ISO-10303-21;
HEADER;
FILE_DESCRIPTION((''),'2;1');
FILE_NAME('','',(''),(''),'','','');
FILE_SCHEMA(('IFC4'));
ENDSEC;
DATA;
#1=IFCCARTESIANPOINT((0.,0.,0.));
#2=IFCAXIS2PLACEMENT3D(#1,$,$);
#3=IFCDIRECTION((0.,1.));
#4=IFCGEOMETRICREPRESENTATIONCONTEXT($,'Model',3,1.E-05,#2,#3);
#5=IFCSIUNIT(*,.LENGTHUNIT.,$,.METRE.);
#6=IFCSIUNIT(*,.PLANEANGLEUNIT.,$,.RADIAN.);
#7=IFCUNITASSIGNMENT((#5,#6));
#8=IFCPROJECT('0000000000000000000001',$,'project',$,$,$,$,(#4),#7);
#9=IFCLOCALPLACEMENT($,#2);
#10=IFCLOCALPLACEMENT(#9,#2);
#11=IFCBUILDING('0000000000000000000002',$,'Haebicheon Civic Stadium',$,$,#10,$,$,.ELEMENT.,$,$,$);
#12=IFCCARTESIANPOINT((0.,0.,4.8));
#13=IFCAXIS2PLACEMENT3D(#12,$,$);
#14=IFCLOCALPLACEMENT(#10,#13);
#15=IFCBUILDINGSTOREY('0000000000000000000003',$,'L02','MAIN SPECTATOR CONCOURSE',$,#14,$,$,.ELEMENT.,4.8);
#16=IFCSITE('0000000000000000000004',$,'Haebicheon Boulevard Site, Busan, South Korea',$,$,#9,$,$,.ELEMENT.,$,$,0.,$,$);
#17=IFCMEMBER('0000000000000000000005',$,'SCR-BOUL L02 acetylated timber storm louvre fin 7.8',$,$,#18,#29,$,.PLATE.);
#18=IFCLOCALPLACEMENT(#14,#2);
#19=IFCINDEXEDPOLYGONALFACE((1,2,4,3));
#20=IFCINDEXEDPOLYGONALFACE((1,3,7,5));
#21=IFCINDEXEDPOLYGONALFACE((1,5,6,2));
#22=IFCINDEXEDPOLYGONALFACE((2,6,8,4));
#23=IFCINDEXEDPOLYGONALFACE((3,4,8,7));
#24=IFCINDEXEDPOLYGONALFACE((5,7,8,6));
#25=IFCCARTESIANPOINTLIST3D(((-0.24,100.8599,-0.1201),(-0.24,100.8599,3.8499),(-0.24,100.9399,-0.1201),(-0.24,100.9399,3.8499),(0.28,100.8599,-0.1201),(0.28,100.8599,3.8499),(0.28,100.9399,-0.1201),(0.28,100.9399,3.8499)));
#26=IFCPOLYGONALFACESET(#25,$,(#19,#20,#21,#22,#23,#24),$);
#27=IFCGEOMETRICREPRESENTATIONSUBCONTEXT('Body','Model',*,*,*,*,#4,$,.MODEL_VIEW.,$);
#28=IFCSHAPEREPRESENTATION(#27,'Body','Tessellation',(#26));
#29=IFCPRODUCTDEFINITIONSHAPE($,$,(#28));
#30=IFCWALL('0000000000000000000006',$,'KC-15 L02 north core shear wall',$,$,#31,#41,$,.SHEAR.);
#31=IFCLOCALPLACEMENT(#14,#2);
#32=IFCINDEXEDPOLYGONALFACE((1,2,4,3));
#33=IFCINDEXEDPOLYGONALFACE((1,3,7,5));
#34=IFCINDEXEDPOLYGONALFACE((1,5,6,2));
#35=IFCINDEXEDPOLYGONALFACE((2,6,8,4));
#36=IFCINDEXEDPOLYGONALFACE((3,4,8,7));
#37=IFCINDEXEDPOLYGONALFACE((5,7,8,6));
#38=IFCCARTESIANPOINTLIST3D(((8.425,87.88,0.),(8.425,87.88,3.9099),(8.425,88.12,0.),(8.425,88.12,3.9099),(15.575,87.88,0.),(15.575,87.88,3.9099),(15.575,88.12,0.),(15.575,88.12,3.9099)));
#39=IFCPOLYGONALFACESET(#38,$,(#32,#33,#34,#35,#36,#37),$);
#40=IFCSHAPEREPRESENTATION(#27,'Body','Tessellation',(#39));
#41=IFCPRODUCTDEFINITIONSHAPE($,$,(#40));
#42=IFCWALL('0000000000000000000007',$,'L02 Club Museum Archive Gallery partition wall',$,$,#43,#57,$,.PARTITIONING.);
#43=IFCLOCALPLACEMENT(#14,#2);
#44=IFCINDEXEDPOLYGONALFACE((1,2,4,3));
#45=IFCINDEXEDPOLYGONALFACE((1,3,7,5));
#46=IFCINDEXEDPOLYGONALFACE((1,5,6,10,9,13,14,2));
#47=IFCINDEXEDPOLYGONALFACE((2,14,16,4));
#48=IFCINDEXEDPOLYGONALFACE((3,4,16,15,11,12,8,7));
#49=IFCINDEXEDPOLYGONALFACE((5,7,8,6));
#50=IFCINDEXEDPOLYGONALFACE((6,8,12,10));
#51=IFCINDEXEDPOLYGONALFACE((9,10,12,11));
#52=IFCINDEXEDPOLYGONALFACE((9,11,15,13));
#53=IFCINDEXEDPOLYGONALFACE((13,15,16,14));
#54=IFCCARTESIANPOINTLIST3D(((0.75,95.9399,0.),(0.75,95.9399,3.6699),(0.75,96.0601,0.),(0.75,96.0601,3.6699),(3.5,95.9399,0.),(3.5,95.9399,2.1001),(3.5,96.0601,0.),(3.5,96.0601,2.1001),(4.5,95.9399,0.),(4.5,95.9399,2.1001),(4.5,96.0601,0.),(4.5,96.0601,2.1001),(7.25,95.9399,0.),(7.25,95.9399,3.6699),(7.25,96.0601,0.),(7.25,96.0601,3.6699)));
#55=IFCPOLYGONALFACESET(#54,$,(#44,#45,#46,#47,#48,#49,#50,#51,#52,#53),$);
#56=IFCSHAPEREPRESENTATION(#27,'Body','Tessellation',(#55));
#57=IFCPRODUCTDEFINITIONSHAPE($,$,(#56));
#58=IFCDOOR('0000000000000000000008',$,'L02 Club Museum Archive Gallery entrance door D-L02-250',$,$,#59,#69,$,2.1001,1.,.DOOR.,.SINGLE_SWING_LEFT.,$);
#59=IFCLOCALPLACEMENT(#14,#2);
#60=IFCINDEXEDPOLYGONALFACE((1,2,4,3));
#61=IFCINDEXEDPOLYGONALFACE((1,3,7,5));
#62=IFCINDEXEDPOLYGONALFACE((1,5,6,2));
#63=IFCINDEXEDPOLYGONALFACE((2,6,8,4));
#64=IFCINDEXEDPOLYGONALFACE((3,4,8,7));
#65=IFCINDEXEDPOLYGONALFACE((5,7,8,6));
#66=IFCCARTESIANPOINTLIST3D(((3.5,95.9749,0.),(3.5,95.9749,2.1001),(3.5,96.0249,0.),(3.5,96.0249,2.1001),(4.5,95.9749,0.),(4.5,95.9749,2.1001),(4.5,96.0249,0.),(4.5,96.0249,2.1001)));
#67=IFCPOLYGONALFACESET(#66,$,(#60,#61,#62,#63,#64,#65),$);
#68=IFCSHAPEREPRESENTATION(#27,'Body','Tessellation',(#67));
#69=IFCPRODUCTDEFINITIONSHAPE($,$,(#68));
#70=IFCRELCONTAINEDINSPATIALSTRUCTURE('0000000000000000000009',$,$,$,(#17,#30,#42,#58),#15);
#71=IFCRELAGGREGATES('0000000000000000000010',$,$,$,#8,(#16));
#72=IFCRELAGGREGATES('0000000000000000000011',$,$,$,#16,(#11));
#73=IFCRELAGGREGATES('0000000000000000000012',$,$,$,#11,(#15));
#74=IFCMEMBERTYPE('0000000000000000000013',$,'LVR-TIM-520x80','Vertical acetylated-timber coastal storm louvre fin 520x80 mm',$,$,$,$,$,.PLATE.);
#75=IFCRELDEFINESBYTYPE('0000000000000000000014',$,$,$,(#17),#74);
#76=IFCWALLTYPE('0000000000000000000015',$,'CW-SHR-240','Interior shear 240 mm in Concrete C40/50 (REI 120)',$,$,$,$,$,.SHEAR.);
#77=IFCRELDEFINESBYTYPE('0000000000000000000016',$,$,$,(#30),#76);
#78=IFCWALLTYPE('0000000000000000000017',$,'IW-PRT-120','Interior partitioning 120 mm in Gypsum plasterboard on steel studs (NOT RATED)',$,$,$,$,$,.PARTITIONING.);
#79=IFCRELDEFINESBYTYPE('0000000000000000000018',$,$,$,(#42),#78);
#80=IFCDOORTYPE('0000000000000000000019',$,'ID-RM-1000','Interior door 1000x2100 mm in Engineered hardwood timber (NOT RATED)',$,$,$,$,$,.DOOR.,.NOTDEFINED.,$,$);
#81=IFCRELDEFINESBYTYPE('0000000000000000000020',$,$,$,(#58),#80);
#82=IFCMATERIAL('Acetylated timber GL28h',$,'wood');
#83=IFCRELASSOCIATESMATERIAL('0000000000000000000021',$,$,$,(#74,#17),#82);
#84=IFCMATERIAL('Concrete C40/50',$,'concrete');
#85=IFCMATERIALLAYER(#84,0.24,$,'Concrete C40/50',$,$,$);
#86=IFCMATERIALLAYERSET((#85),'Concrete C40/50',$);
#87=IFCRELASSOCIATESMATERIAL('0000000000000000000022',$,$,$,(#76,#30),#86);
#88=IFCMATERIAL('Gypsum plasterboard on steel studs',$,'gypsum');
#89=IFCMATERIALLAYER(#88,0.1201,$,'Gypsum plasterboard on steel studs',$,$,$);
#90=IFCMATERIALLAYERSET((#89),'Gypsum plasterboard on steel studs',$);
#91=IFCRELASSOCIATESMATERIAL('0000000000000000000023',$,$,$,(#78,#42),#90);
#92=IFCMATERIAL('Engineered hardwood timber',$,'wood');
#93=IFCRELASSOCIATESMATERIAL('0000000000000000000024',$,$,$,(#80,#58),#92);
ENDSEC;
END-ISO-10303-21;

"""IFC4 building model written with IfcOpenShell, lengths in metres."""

from ifc_helpers import new_model, si_unit, direction, frame, frame_2d, origin, origin_2d, place, context, subcontext, project, spatial, rectangle, extrude, material, layer, layer_set, material_profile, profile_set, type_object, element, fill, save


model = new_model("IFC4")

# Units and contexts
model_context = context("Model", 3, precision=1e-05, world=origin(), true_north=direction((0.0, 1.0)))
body_context = subcontext(model_context, "Body", "Model", "MODEL_VIEW")
ifc_project = project(units=[si_unit("LENGTHUNIT", "METRE"), si_unit("PLANEANGLEUNIT", "RADIAN")], contexts=[model_context])

# Site, building, storey
site_placement = place(None, origin())
site = spatial("IfcSite", under=ifc_project, at=site_placement, Name="Haebicheon Boulevard Site, Busan, South Korea", CompositionType="ELEMENT", RefElevation=0.0)
building_placement = place(site_placement, origin())
building = spatial("IfcBuilding", under=site, at=building_placement, Name="Haebicheon Civic Stadium", CompositionType="ELEMENT")
storey_placement = place(building_placement, frame((0.0, 0.0, 4.8)))
storey = spatial("IfcBuildingStorey", under=building, at=storey_placement, Name="L02", Description="MAIN SPECTATOR CONCOURSE", CompositionType="ELEMENT", Elevation=4.8)

# Member
ifc_material_1 = material(Name="Acetylated timber GL28h", Category="wood")
ifc_material_profile_1 = material_profile(ifc_material_1, rectangle(XDim=0.0801, YDim=0.52, at=origin_2d()), Name="TMB-LOUV-80x520")
ifc_profile_set_1 = profile_set([ifc_material_profile_1], Name="Acetylated timber GL28h")
member_type = type_object("IfcMemberType", Name="LVR-TIM-520x80", Description="Vertical acetylated-timber coastal storm louvre fin 520x80 mm", PredefinedType="PLATE", material=ifc_profile_set_1)
for number, where, z_axis, x_axis, name in (
    (1, (0.02, 100.8999, -0.1201), (0.0, 0.0, 1.0), (0.0, 1.0, 0.0), "SCR-BOUL L02 acetylated timber storm louvre fin 7.8"),
):
    element("IfcMember", number, at=place(storey_placement, frame(where, z_axis=z_axis, x_axis=x_axis)), inside=storey, type_object=member_type, material=ifc_profile_set_1, Name=name, PredefinedType="PLATE", context=body_context, shape_type="SweptSolid", body=[
        extrude(rectangle(XDim=0.0801, YDim=0.52, at=origin_2d()), origin(), (0.0, 0.0, 1.0), 3.97),
    ])

# Wall
ifc_material_2 = material(Name="Concrete C40/50", Category="concrete")
ifc_layer_1 = layer(ifc_material_2, 0.24, Name="Concrete C40/50")
ifc_layer_set_1 = layer_set([ifc_layer_1], Name="Concrete C40/50")
wall_type_1 = type_object("IfcWallType", Name="CW-SHR-240", Description="Interior shear 240 mm in Concrete C40/50 (REI 120)", PredefinedType="SHEAR", material=ifc_layer_set_1)
wall_1_placement = place(storey_placement, frame((8.425, 88.0, 0.0), z_axis=(0.0, 0.0, 1.0), x_axis=(1.0, 0.0, 0.0)))
element("IfcWall", 2, at=wall_1_placement, inside=storey, type_object=wall_type_1, material=ifc_layer_set_1, Name="KC-15 L02 north core shear wall", PredefinedType="SHEAR", context=body_context, shape_type="SweptSolid", body=[
    extrude(rectangle(XDim=7.1499, YDim=0.24, at=frame_2d((3.575, 0.0))), origin(), (0.0, 0.0, 1.0), 3.9099),
])

# Wall, opening, door
ifc_material_3 = material(Name="Gypsum plasterboard on steel studs", Category="gypsum")
ifc_layer_2 = layer(ifc_material_3, 0.1201, Name="Gypsum plasterboard on steel studs")
ifc_layer_set_2 = layer_set([ifc_layer_2], Name="Gypsum plasterboard on steel studs")
wall_type_2 = type_object("IfcWallType", Name="IW-PRT-120", Description="Interior partitioning 120 mm in Gypsum plasterboard on steel studs (NOT RATED)", PredefinedType="PARTITIONING", material=ifc_layer_set_2)
wall_2_placement = place(storey_placement, frame((0.75, 96.0, 0.0), z_axis=(0.0, 0.0, 1.0), x_axis=(1.0, 0.0, 0.0)))
wall_2 = element("IfcWall", 3, at=wall_2_placement, inside=storey, type_object=wall_type_2, material=ifc_layer_set_2, Name="L02 Club Museum Archive Gallery partition wall", PredefinedType="PARTITIONING", context=body_context, shape_type="SweptSolid", body=[
    extrude(rectangle(XDim=6.5, YDim=0.1201, at=frame_2d((3.25, 0.0))), origin(), (0.0, 0.0, 1.0), 3.6699),
])
opening_placement = place(wall_2_placement, frame((2.75, 0.0, 0.0)))
opening = element("IfcOpeningElement", 4, at=opening_placement, cuts=wall_2, PredefinedType="OPENING", context=body_context, shape_type="SweptSolid", body=[
    extrude(rectangle(XDim=1.0, YDim=2.1001, at=frame_2d((0.5, 1.05))), frame((0.0, 0.0701, 0.0), z_axis=(0.0, -1.0, 0.0), x_axis=(1.0, 0.0, 0.0)), (0.0, 0.0, 1.0), 0.1401),
])
ifc_material_4 = material(Name="Engineered hardwood timber", Category="wood")
door_type = type_object("IfcDoorType", Name="ID-RM-1000", Description="Interior door 1000x2100 mm in Engineered hardwood timber (NOT RATED)", OperationType="NOTDEFINED", PredefinedType="DOOR", material=ifc_material_4)
door_placement = place(opening_placement, origin())
door = element("IfcDoor", 5, at=door_placement, inside=storey, type_object=door_type, material=ifc_material_4, Name="L02 Club Museum Archive Gallery entrance door D-L02-250", OperationType="SINGLE_SWING_LEFT", OverallHeight=2.1001, OverallWidth=1.0, PredefinedType="DOOR", context=body_context, shape_type="SweptSolid", body=[
    extrude(rectangle(XDim=1.0, YDim=2.1001, at=frame_2d((0.5, 1.05))), frame((0.0, 0.0249, 0.0), z_axis=(0.0, -1.0, 0.0), x_axis=(1.0, 0.0, 0.0)), (0.0, 0.0, 1.0), 0.05),
])
fill(opening, door)

save(model, "model.ifc")
